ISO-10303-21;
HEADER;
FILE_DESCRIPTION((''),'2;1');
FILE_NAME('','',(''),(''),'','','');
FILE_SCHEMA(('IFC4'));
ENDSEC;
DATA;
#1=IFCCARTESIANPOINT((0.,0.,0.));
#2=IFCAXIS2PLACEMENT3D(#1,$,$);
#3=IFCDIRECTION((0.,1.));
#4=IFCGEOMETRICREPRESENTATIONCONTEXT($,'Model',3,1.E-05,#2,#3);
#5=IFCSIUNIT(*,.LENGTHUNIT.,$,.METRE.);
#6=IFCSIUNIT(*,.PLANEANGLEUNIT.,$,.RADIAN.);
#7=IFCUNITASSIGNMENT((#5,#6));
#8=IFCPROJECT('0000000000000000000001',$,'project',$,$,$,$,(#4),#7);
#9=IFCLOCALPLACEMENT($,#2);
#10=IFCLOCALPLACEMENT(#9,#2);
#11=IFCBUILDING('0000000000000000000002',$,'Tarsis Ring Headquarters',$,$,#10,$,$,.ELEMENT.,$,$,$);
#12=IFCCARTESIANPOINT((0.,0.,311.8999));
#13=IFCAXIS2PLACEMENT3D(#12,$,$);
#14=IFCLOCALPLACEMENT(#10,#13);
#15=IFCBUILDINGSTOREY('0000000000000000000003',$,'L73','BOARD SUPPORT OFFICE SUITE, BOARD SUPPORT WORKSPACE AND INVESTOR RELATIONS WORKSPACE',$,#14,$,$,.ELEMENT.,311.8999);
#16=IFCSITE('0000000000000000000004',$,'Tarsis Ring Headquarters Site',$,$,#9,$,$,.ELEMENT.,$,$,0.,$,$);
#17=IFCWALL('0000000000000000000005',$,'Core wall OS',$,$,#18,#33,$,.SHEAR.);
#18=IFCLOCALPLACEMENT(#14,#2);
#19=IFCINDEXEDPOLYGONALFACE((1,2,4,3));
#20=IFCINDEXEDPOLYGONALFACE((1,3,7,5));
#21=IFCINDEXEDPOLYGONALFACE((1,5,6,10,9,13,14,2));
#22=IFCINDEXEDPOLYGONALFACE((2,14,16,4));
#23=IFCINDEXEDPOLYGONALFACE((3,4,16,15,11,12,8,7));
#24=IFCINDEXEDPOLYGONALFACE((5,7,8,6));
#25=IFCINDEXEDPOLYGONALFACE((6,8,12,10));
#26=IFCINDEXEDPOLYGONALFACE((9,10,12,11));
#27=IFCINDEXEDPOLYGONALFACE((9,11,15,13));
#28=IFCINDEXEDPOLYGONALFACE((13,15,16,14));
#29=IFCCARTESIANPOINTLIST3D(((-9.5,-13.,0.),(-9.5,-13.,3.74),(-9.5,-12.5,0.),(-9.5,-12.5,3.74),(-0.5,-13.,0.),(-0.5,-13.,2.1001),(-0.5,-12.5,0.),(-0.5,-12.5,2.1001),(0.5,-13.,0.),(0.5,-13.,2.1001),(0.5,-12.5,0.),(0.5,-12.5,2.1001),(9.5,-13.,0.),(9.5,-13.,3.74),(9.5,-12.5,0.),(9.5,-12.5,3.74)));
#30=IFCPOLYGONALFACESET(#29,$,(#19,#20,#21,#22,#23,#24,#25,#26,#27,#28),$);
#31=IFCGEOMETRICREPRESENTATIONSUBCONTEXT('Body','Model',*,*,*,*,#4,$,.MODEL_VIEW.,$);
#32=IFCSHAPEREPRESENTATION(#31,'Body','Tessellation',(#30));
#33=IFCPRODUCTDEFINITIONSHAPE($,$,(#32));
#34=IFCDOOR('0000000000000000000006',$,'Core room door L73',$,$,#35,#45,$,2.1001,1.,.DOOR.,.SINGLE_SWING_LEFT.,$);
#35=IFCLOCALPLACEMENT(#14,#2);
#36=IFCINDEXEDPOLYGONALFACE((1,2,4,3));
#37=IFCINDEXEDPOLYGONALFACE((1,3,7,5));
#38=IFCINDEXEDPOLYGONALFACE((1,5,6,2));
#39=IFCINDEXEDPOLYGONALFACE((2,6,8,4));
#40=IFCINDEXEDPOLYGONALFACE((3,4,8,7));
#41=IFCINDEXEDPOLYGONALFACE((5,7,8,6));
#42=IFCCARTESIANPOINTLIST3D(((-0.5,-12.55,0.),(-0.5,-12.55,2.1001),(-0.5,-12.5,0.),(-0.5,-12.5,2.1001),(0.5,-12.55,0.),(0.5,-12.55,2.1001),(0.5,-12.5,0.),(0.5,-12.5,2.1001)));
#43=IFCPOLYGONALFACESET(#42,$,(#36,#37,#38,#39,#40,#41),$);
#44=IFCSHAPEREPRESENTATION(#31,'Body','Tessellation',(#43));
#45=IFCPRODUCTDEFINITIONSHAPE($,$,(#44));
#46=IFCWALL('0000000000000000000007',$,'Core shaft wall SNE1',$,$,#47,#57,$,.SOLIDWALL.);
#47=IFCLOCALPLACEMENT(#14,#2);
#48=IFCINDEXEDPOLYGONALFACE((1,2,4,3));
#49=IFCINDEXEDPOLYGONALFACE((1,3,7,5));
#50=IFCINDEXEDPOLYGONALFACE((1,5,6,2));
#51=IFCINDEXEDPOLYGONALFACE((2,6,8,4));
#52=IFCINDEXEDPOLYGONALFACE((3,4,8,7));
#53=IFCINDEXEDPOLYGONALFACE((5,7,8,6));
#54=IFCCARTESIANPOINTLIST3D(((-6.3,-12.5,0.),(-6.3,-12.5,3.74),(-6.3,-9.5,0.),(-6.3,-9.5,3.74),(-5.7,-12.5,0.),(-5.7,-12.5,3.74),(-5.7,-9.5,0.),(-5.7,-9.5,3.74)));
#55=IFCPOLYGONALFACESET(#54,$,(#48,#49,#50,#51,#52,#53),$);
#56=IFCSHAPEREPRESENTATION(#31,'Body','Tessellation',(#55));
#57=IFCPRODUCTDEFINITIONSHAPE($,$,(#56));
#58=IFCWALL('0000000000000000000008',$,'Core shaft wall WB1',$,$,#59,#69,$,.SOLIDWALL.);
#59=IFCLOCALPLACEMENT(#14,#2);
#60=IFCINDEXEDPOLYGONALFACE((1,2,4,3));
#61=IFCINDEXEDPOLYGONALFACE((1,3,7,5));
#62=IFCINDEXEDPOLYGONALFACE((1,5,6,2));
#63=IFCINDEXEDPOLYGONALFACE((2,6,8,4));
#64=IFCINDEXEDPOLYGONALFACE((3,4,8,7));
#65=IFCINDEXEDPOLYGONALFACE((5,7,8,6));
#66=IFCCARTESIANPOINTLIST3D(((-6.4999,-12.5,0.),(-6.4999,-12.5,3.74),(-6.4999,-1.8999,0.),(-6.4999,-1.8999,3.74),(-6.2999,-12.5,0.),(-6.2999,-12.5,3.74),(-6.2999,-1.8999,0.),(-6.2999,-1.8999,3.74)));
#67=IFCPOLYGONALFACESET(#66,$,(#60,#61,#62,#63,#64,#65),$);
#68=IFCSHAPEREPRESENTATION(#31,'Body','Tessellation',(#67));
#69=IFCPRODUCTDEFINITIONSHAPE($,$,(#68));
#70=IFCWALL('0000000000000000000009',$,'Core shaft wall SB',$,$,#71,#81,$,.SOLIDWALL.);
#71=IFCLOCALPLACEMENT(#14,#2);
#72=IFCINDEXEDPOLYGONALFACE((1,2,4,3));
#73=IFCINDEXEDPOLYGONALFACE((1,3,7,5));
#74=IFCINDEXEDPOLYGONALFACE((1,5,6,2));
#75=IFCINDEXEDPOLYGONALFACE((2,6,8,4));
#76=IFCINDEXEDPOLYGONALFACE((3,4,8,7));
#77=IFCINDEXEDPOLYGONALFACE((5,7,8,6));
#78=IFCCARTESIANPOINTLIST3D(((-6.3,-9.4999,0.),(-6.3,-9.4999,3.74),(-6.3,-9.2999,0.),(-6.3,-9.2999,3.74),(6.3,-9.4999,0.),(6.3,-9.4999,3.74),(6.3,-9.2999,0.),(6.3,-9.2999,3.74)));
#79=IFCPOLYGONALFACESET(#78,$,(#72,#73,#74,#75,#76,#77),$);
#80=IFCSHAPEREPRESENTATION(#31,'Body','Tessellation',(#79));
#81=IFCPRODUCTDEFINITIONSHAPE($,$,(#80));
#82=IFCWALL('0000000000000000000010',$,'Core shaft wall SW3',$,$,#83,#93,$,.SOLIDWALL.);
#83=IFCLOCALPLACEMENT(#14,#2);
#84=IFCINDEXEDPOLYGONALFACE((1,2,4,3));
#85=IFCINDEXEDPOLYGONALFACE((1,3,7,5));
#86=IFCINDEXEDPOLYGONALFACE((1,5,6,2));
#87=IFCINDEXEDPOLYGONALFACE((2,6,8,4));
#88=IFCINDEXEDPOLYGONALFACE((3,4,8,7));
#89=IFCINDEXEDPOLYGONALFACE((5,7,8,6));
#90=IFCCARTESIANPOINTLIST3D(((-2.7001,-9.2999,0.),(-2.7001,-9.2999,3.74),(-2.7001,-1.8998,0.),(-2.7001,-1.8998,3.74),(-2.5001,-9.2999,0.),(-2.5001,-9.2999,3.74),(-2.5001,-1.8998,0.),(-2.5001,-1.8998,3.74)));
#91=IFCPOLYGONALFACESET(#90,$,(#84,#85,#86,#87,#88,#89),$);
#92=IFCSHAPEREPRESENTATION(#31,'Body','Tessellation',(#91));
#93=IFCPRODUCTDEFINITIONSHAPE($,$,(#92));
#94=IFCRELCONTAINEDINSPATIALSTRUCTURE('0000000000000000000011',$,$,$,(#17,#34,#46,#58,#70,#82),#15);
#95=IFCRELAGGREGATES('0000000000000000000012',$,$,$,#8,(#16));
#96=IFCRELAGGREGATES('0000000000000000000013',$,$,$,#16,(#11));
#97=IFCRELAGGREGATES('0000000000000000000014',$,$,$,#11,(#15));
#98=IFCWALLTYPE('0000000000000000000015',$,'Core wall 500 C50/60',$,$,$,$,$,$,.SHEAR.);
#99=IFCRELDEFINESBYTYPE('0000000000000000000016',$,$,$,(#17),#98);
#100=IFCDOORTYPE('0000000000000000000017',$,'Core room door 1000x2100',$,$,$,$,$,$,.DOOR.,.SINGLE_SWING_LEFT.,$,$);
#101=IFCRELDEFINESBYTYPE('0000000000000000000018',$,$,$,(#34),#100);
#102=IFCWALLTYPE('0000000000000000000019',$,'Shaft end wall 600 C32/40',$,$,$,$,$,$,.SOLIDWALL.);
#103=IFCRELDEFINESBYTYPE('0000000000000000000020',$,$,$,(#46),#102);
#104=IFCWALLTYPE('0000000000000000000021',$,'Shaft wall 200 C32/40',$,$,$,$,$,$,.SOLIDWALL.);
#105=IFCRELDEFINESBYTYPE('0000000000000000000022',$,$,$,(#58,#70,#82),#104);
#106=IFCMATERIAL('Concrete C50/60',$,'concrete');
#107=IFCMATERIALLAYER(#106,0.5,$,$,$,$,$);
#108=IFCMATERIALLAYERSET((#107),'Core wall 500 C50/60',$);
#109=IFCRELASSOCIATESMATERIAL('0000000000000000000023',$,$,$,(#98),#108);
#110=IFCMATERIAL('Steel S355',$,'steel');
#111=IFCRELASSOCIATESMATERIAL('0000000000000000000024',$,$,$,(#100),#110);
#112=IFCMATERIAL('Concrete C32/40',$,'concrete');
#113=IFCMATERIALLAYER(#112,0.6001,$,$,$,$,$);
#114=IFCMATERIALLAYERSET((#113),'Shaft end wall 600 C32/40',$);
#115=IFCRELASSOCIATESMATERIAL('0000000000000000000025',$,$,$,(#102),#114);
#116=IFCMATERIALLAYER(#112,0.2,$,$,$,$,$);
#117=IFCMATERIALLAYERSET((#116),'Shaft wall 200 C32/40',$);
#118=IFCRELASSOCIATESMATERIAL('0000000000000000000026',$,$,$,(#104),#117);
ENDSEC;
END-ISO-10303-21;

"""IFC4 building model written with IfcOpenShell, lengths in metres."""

from ifc_helpers import new_model, si_unit, direction, frame, frame_2d, origin, place, context, subcontext, project, spatial, rectangle, extrude, material, layer, layer_set, type_object, element, fill, save


model = new_model("IFC4")

# Units and contexts
model_context = context("Model", 3, precision=1e-05, world=origin(), true_north=direction((0.0, 1.0)))
body_context = subcontext(model_context, "Body", "Model", "MODEL_VIEW")
ifc_project = project(units=[si_unit("LENGTHUNIT", "METRE"), si_unit("PLANEANGLEUNIT", "RADIAN")], contexts=[model_context])

# Site, building, storey
site_placement = place(None, origin())
site = spatial("IfcSite", under=ifc_project, at=site_placement, Name="Tarsis Ring Headquarters Site", CompositionType="ELEMENT", RefElevation=0.0)
building_placement = place(site_placement, origin())
building = spatial("IfcBuilding", under=site, at=building_placement, Name="Tarsis Ring Headquarters", CompositionType="ELEMENT")
storey_placement = place(building_placement, frame((0.0, 0.0, 311.8999)))
storey = spatial("IfcBuildingStorey", under=building, at=storey_placement, Name="L73", Description="BOARD SUPPORT OFFICE SUITE, BOARD SUPPORT WORKSPACE AND INVESTOR RELATIONS WORKSPACE", CompositionType="ELEMENT", Elevation=311.8999)

# Shared definitions
ifc_material_1 = material(Name="Concrete C50/60", Category="concrete")
ifc_layer_1 = layer(ifc_material_1, 0.5)
ifc_layer_set_1 = layer_set([ifc_layer_1], Name="Core wall 500 C50/60")
wall_type_1 = type_object("IfcWallType", Name="Core wall 500 C50/60", PredefinedType="SHEAR", material=ifc_layer_set_1)
ifc_material_2 = material(Name="Steel S355", Category="steel")
door_type_1 = type_object("IfcDoorType", Name="Core room door 1000x2100", OperationType="SINGLE_SWING_LEFT", PredefinedType="DOOR", material=ifc_material_2)

# Wall, opening, door
wall_1_placement = place(storey_placement, frame((-9.5, -12.75, 0.0), z_axis=(0.0, 0.0, 1.0), x_axis=(1.0, 0.0, 0.0)))
wall_1 = element("IfcWall", 1, at=wall_1_placement, inside=storey, type_object=wall_type_1, Name="Core wall OS", PredefinedType="SHEAR", context=body_context, shape_type="SweptSolid", body=[
    extrude(rectangle(XDim=19.0, YDim=0.5, at=frame_2d((9.5, 0.0))), origin(), (0.0, 0.0, 1.0), 3.74),
])
opening_1_placement = place(wall_1_placement, frame((9.0, 0.0, 0.0)))
opening_1 = element("IfcOpeningElement", 2, at=opening_1_placement, cuts=wall_1, PredefinedType="OPENING", context=body_context, shape_type="SweptSolid", body=[
    extrude(rectangle(XDim=1.0, YDim=2.1001, at=frame_2d((0.5, 1.05))), frame((0.0, 0.26, 0.0), z_axis=(0.0, -1.0, 0.0), x_axis=(1.0, 0.0, 0.0)), (0.0, 0.0, 1.0), 0.52),
])
door_1_placement = place(opening_1_placement, origin())
door_1 = element("IfcDoor", 3, at=door_1_placement, inside=storey, type_object=door_type_1, Name="Core room door L73", OperationType="SINGLE_SWING_LEFT", OverallHeight=2.1001, OverallWidth=1.0, PredefinedType="DOOR", context=body_context, shape_type="SweptSolid", body=[
    extrude(rectangle(XDim=1.0, YDim=2.1001, at=frame_2d((0.5, 1.05))), frame((0.0, 0.25, 0.0), z_axis=(0.0, -1.0, 0.0), x_axis=(1.0, 0.0, 0.0)), (0.0, 0.0, 1.0), 0.05),
])
fill(opening_1, door_1)

# Walls
ifc_material_3 = material(Name="Concrete C32/40", Category="concrete")
ifc_layer_2 = layer(ifc_material_3, 0.6001)
ifc_layer_set_2 = layer_set([ifc_layer_2], Name="Shaft end wall 600 C32/40")
wall_type_2 = type_object("IfcWallType", Name="Shaft end wall 600 C32/40", PredefinedType="SOLIDWALL", material=ifc_layer_set_2)
wall_2_placement = place(storey_placement, frame((-6.0, -12.5, 0.0), z_axis=(0.0, 0.0, 1.0), x_axis=(0.0, 1.0, 0.0)))
element("IfcWall", 4, at=wall_2_placement, inside=storey, type_object=wall_type_2, Name="Core shaft wall SNE1", PredefinedType="SOLIDWALL", context=body_context, shape_type="SweptSolid", body=[
    extrude(rectangle(XDim=3.0, YDim=0.6001, at=frame_2d((1.5, 0.0))), origin(), (0.0, 0.0, 1.0), 3.74),
])
ifc_layer_3 = layer(ifc_material_3, 0.2)
ifc_layer_set_3 = layer_set([ifc_layer_3], Name="Shaft wall 200 C32/40")
wall_type_3 = type_object("IfcWallType", Name="Shaft wall 200 C32/40", PredefinedType="SOLIDWALL", material=ifc_layer_set_3)
wall_3_placement = place(storey_placement, frame((-6.3999, -12.5, 0.0), z_axis=(0.0, 0.0, 1.0), x_axis=(0.0, 1.0, 0.0)))
element("IfcWall", 5, at=wall_3_placement, inside=storey, type_object=wall_type_3, Name="Core shaft wall WB1", PredefinedType="SOLIDWALL", context=body_context, shape_type="SweptSolid", body=[
    extrude(rectangle(XDim=10.6001, YDim=0.2, at=frame_2d((5.3, 0.0))), origin(), (0.0, 0.0, 1.0), 3.74),
])
wall_4_placement = place(storey_placement, frame((-6.3, -9.3999, 0.0), z_axis=(0.0, 0.0, 1.0), x_axis=(1.0, 0.0, 0.0)))
element("IfcWall", 6, at=wall_4_placement, inside=storey, type_object=wall_type_3, Name="Core shaft wall SB", PredefinedType="SOLIDWALL", context=body_context, shape_type="SweptSolid", body=[
    extrude(rectangle(XDim=12.6001, YDim=0.2, at=frame_2d((6.3, 0.0))), origin(), (0.0, 0.0, 1.0), 3.74),
])
wall_5_placement = place(storey_placement, frame((-2.6001, -9.3, 0.0), z_axis=(0.0, 0.0, 1.0), x_axis=(0.0, 1.0, 0.0)))
element("IfcWall", 7, at=wall_5_placement, inside=storey, type_object=wall_type_3, Name="Core shaft wall SW3", PredefinedType="SOLIDWALL", context=body_context, shape_type="SweptSolid", body=[
    extrude(rectangle(XDim=7.4001, YDim=0.2, at=frame_2d((3.7002, 0.0))), origin(), (0.0, 0.0, 1.0), 3.74),
])

save(model, "model.ifc")
